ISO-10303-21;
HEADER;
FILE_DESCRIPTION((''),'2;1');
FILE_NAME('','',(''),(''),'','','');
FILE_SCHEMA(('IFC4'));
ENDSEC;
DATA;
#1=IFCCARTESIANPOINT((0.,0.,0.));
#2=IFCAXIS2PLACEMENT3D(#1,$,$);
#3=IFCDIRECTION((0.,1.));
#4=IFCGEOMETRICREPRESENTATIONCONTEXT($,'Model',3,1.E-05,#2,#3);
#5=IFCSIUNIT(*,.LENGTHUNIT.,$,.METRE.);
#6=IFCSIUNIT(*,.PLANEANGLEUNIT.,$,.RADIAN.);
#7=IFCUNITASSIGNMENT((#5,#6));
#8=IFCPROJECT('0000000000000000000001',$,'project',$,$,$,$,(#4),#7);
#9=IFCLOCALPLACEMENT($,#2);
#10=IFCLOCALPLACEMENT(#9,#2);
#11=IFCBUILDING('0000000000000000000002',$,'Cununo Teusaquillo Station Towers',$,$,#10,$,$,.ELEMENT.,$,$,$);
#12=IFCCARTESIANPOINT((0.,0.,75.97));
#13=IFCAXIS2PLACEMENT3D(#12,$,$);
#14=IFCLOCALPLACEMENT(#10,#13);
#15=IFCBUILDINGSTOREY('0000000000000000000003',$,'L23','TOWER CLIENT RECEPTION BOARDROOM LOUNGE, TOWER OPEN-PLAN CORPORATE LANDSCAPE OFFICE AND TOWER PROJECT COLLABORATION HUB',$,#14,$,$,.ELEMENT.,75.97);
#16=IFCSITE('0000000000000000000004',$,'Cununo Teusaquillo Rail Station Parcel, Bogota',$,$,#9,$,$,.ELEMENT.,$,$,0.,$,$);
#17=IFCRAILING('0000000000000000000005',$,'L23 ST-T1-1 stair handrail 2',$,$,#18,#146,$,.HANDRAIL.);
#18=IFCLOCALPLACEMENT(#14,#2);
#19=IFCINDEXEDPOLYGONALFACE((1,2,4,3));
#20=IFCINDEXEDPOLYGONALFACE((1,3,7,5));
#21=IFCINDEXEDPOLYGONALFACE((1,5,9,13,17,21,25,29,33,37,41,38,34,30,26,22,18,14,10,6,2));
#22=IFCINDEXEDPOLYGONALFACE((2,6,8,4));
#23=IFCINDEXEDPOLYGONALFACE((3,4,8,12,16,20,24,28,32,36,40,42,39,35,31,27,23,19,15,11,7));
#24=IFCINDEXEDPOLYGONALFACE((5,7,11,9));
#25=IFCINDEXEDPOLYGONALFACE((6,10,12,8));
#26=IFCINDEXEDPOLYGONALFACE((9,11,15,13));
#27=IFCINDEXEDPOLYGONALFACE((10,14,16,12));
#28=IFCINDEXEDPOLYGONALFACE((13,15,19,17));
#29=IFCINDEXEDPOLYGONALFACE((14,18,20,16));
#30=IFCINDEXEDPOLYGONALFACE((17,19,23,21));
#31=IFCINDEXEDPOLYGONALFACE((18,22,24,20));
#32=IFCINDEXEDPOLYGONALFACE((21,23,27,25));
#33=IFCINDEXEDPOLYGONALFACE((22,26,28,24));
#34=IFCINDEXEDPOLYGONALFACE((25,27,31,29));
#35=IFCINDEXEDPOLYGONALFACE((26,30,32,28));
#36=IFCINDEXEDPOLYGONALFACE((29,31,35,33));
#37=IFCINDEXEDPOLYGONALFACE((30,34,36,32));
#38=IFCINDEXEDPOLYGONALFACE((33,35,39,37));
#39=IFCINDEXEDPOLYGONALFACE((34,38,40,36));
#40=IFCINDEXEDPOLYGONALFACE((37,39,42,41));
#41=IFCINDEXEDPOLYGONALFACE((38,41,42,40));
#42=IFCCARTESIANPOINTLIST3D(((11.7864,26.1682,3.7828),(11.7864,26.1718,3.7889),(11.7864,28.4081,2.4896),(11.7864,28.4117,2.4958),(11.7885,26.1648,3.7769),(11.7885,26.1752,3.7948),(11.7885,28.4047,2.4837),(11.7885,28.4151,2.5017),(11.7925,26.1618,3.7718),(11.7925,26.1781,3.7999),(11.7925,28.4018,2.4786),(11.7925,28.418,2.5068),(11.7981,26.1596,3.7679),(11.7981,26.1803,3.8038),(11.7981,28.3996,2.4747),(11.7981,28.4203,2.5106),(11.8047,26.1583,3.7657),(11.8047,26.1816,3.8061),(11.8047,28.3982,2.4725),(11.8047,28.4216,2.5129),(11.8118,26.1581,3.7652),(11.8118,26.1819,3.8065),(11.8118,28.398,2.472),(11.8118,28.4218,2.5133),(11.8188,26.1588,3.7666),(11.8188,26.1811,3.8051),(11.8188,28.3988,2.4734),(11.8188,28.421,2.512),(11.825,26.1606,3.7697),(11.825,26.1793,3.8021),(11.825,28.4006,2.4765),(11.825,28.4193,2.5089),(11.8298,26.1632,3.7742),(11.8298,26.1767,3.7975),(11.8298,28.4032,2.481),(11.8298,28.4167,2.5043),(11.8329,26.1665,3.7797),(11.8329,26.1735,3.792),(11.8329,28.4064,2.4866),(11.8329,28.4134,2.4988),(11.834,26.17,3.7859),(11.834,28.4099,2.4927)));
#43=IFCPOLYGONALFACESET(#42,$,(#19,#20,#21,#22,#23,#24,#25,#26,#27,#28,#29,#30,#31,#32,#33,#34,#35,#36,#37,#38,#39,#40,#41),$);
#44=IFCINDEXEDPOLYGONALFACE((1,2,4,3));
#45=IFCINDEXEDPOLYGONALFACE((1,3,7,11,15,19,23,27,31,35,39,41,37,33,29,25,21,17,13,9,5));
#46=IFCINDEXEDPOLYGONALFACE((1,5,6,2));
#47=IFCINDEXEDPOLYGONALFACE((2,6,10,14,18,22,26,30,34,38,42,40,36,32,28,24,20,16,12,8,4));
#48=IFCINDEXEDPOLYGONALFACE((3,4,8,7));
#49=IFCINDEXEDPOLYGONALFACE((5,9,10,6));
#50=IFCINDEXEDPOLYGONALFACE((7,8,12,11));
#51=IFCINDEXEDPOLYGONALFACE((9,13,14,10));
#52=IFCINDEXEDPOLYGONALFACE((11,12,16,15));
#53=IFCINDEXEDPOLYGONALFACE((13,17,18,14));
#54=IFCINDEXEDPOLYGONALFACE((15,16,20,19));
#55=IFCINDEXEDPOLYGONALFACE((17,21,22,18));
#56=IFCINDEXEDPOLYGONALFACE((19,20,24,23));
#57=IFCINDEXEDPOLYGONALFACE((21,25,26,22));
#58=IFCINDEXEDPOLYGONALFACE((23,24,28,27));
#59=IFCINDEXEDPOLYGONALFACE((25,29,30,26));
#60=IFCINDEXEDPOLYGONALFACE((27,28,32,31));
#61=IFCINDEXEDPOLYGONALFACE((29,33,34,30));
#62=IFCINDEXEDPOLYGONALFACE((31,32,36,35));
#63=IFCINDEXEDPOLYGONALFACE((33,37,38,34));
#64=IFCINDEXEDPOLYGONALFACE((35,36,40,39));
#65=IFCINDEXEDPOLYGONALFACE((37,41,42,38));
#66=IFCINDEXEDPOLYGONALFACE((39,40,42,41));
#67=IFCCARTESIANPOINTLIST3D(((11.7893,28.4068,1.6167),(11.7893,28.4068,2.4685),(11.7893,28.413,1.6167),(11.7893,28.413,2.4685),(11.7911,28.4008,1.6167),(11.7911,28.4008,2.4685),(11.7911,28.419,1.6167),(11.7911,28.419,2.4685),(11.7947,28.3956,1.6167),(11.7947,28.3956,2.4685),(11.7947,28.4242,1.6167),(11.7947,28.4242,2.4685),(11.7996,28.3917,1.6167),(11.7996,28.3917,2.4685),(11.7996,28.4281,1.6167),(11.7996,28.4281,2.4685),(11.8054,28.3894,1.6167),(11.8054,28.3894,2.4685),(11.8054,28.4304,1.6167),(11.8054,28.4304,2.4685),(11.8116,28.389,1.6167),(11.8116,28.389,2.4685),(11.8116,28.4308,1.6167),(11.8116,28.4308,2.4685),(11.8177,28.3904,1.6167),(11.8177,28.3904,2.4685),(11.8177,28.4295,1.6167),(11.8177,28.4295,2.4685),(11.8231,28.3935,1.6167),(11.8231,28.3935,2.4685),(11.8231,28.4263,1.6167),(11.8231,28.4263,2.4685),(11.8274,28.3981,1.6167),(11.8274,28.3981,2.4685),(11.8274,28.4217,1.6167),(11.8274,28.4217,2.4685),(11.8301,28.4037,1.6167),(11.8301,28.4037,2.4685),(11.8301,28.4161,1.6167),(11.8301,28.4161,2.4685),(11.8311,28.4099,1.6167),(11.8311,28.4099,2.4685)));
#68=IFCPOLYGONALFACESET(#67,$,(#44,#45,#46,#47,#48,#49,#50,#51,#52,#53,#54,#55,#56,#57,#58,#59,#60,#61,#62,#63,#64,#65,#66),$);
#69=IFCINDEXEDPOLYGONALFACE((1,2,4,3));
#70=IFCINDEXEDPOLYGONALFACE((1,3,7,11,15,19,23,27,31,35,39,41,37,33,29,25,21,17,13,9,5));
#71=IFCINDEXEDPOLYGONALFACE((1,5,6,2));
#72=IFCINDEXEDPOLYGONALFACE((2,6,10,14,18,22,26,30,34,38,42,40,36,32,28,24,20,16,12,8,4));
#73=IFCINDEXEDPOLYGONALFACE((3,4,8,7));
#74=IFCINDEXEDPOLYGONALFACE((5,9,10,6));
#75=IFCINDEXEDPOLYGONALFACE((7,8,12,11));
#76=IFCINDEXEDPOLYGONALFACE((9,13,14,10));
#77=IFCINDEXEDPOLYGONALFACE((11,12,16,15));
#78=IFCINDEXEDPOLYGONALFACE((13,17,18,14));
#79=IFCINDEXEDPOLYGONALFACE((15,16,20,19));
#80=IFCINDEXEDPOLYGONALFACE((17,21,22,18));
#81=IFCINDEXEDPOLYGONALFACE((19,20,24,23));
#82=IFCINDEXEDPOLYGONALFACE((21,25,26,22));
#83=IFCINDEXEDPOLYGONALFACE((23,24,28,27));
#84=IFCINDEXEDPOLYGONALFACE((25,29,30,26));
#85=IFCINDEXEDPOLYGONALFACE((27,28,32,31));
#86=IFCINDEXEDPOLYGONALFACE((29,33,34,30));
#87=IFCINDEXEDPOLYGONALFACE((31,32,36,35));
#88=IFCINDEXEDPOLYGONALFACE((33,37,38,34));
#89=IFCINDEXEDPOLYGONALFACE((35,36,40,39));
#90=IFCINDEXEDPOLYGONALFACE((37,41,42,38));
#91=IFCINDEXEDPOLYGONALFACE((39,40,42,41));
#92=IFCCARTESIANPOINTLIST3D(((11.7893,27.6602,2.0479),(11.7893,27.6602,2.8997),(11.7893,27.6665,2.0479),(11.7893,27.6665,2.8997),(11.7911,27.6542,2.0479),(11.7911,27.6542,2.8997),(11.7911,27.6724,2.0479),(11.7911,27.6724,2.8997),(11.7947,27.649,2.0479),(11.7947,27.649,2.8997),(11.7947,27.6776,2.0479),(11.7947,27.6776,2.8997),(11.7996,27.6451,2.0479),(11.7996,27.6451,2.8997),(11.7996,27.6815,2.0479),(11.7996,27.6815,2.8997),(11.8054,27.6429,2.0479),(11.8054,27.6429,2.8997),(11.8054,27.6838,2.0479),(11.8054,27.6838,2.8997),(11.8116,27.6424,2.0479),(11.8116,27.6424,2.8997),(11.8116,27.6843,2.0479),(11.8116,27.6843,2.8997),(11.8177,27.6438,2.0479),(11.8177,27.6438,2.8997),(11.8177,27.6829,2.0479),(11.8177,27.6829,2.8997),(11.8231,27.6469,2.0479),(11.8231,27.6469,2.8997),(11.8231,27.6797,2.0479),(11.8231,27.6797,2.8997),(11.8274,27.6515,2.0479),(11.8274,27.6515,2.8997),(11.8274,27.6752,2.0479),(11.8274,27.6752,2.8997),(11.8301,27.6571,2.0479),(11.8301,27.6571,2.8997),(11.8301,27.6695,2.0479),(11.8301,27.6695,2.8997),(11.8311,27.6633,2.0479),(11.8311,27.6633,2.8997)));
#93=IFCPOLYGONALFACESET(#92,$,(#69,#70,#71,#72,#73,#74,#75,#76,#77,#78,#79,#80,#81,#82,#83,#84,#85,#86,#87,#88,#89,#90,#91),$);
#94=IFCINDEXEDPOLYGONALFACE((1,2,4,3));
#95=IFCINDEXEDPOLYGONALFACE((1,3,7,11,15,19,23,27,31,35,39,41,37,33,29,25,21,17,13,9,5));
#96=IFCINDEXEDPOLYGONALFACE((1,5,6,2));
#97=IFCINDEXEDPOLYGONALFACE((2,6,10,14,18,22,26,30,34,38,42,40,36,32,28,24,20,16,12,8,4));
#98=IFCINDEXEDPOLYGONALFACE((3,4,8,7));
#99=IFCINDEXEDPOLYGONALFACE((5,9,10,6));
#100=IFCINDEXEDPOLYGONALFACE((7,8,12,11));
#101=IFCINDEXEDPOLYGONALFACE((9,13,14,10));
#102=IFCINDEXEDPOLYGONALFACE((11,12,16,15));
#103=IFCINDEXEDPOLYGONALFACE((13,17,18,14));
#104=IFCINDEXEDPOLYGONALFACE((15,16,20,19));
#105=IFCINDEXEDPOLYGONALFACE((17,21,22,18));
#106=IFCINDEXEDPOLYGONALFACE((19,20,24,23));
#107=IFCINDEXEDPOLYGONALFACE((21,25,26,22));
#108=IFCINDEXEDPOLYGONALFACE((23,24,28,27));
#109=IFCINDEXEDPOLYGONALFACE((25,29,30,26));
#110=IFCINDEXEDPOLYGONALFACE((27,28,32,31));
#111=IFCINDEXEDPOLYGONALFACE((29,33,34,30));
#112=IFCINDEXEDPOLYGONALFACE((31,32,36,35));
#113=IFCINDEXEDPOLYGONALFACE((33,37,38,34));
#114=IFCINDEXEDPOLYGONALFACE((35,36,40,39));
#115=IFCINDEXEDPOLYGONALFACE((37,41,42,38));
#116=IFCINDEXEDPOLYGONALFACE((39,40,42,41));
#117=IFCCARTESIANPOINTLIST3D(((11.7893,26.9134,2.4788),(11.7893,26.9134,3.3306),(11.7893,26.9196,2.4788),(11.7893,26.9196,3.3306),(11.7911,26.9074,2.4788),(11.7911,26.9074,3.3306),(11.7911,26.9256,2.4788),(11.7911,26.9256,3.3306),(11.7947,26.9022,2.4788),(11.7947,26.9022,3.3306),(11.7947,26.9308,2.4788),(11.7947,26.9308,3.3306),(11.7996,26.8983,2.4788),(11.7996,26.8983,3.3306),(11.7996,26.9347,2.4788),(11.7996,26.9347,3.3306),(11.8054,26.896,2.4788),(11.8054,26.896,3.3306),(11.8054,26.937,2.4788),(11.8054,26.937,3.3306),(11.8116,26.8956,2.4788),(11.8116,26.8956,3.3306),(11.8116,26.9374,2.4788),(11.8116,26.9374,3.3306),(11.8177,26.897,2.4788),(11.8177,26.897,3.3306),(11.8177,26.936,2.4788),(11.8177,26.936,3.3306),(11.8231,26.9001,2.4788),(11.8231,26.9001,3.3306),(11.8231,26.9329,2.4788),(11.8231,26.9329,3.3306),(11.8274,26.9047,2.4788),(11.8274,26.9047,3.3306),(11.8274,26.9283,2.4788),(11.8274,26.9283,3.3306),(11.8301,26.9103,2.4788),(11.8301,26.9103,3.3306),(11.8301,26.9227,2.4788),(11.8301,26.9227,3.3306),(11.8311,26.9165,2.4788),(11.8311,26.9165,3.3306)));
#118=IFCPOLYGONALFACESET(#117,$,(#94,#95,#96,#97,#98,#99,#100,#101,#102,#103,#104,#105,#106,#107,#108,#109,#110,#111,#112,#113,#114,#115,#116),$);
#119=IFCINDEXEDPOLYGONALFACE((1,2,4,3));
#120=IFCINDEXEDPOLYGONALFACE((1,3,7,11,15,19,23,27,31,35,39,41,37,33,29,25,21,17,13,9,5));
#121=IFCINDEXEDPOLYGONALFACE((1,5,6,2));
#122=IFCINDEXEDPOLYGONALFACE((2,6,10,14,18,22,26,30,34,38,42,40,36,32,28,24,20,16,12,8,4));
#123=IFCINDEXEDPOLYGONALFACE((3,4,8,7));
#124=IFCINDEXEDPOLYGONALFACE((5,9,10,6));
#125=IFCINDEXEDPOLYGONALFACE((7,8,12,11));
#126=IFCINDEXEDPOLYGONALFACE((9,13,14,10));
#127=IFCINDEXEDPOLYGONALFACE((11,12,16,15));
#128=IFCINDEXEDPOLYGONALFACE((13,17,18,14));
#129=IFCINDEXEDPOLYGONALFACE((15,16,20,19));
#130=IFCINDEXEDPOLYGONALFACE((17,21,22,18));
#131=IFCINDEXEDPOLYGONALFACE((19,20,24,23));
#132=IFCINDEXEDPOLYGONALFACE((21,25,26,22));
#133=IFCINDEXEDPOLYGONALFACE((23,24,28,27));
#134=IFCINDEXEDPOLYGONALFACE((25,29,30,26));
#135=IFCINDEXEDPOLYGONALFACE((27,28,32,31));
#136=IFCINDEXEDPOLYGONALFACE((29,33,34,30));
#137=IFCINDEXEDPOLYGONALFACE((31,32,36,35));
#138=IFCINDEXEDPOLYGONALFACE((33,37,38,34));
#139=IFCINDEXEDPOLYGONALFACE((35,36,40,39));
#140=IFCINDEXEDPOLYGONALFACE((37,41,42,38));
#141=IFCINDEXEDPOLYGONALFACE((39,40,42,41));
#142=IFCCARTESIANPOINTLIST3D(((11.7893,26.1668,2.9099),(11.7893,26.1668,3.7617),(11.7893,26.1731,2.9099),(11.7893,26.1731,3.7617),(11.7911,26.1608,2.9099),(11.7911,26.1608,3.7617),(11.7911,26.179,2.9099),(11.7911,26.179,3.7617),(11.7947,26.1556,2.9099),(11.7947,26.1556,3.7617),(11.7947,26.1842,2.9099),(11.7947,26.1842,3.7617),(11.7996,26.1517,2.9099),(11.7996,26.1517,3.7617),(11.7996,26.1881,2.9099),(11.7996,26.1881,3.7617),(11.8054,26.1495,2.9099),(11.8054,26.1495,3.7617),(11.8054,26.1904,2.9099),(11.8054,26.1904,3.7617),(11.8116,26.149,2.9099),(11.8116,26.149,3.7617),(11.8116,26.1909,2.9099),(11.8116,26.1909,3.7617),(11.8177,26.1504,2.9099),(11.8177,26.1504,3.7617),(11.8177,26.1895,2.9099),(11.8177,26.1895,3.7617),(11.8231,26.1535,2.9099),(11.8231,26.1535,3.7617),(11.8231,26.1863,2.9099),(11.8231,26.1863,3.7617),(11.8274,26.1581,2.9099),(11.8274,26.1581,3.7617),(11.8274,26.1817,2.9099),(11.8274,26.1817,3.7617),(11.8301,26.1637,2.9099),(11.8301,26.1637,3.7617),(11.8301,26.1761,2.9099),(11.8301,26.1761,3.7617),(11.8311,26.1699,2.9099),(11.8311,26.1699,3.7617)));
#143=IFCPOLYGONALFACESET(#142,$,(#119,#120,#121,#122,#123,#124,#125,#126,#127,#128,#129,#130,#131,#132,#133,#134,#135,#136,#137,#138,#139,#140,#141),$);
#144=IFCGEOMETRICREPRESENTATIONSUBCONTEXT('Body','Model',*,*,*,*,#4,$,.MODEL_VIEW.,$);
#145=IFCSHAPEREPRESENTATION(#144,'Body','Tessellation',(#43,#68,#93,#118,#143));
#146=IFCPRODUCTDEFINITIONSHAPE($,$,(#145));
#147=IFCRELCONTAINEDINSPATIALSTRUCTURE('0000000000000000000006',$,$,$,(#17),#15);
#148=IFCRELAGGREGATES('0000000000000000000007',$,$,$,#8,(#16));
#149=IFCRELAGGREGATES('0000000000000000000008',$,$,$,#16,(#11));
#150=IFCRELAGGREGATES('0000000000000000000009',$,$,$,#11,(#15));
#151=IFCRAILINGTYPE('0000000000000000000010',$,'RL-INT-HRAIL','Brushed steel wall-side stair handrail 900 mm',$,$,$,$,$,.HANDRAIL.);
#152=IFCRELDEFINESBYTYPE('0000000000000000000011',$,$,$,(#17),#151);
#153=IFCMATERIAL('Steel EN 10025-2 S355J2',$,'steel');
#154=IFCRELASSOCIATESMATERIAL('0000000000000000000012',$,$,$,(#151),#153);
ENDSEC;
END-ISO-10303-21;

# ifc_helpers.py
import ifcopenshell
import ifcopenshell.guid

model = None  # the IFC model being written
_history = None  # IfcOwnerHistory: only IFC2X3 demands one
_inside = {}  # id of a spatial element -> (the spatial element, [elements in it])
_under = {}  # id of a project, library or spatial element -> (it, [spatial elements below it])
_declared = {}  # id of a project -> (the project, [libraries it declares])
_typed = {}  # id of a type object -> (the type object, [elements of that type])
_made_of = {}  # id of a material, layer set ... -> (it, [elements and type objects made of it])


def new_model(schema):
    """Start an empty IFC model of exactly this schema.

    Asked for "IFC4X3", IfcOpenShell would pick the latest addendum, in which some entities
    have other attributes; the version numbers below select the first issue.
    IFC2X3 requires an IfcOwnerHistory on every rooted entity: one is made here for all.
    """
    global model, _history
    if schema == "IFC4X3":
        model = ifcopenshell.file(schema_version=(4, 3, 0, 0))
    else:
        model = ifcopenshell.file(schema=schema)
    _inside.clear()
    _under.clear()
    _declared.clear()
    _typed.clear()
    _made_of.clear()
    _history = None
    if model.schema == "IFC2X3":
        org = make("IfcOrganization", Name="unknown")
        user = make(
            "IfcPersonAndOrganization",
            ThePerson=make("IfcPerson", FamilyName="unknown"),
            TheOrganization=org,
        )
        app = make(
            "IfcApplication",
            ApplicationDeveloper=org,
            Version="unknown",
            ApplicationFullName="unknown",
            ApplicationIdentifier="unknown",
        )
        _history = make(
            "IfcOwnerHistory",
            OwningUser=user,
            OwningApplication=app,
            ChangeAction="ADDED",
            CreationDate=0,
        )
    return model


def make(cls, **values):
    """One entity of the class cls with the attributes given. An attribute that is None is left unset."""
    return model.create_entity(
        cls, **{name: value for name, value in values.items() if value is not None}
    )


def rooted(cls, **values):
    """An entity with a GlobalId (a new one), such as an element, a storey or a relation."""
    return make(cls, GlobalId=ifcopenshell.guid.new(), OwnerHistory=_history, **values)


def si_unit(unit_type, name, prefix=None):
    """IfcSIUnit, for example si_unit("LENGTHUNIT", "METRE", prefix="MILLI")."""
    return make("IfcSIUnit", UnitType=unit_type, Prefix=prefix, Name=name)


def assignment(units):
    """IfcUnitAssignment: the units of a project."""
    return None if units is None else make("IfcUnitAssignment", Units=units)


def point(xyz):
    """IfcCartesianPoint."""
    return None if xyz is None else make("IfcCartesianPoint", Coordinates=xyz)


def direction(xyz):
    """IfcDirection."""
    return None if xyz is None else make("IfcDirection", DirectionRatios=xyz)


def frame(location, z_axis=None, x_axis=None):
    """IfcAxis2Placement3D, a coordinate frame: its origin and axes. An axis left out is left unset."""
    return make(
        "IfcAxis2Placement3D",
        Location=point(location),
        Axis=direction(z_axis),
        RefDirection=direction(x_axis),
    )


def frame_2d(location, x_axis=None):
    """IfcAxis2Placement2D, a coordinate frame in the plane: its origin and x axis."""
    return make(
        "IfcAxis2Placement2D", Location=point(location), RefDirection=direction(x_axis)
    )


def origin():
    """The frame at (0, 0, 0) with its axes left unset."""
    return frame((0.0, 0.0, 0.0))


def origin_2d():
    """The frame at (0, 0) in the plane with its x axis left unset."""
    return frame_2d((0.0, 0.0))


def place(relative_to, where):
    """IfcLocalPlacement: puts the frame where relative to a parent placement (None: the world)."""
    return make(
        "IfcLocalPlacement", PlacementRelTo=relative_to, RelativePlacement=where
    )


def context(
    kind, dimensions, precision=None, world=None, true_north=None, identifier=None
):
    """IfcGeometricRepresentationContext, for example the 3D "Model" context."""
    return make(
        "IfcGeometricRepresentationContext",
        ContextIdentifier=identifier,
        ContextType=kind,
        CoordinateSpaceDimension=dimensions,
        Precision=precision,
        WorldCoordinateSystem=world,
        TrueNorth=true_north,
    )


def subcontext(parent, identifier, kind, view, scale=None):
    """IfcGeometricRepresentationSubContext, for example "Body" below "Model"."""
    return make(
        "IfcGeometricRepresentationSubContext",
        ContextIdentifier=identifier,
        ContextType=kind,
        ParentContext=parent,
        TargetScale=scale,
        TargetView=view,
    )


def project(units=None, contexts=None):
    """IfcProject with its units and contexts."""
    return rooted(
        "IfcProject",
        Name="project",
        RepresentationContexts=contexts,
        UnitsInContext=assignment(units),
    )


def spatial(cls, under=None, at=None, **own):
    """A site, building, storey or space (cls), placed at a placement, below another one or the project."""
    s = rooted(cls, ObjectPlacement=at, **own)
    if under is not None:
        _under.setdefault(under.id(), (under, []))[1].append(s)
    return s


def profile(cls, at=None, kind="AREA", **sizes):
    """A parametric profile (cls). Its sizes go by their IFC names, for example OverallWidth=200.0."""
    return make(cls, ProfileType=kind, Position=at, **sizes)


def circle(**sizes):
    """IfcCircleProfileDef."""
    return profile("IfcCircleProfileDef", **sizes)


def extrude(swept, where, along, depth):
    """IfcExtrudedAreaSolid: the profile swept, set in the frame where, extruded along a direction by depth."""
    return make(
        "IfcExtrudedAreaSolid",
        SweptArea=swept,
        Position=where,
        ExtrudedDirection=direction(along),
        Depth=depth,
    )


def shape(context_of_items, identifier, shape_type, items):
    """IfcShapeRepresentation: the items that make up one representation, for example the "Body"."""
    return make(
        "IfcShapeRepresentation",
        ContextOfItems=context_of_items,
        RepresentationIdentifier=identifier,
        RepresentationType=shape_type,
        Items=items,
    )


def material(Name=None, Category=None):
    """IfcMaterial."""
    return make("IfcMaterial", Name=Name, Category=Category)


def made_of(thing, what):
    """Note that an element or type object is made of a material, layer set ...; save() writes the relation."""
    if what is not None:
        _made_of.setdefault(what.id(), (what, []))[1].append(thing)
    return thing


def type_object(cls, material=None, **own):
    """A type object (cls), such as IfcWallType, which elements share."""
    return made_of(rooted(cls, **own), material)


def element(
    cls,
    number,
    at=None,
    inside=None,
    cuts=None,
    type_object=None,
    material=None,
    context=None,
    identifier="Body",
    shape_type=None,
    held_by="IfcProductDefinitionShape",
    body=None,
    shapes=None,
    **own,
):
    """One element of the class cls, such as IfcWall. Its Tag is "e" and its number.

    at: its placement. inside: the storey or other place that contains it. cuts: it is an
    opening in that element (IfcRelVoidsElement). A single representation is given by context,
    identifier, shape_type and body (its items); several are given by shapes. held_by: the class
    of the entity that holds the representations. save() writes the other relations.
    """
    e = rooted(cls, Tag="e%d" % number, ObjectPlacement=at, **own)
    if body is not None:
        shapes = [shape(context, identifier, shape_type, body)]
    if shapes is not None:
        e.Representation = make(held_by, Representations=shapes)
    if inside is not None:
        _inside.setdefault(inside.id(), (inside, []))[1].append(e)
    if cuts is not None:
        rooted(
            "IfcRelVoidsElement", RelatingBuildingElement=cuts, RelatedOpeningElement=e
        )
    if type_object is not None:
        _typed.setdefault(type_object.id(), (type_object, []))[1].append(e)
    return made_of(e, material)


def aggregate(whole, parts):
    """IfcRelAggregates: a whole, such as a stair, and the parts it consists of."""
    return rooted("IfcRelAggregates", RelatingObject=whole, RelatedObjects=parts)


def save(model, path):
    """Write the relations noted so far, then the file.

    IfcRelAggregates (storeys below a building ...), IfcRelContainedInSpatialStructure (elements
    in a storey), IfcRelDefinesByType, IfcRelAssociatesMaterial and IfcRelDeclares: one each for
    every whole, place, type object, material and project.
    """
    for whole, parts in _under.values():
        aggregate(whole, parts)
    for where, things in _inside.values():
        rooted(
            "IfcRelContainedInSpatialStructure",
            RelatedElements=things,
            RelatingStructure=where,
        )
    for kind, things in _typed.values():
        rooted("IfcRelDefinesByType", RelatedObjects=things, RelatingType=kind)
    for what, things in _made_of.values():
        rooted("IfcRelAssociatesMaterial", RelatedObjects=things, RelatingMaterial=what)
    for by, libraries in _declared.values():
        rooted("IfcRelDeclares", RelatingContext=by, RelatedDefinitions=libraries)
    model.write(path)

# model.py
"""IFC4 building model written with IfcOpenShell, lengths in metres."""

from ifc_helpers import new_model, si_unit, direction, frame, origin, origin_2d, place, context, subcontext, project, spatial, circle, extrude, material, type_object, element, save


model = new_model("IFC4")

# Units and contexts
model_context = context("Model", 3, precision=1e-05, world=origin(), true_north=direction((0.0, 1.0)))
body_context = subcontext(model_context, "Body", "Model", "MODEL_VIEW")
ifc_project = project(units=[si_unit("LENGTHUNIT", "METRE"), si_unit("PLANEANGLEUNIT", "RADIAN")], contexts=[model_context])

# Site, building, storey
site_placement = place(None, origin())
site = spatial("IfcSite", under=ifc_project, at=site_placement, Name="Cununo Teusaquillo Rail Station Parcel, Bogota", CompositionType="ELEMENT", RefElevation=0.0)
building_placement = place(site_placement, origin())
building = spatial("IfcBuilding", under=site, at=building_placement, Name="Cununo Teusaquillo Station Towers", CompositionType="ELEMENT")
storey_placement = place(building_placement, frame((0.0, 0.0, 75.97)))
storey = spatial("IfcBuildingStorey", under=building, at=storey_placement, Name="L23", Description="TOWER CLIENT RECEPTION BOARDROOM LOUNGE, TOWER OPEN-PLAN CORPORATE LANDSCAPE OFFICE AND TOWER PROJECT COLLABORATION HUB", CompositionType="ELEMENT", Elevation=75.97)

# Railing
ifc_material_1 = material(Name="Steel EN 10025-2 S355J2", Category="steel")
railing_type_1 = type_object("IfcRailingType", Name="RL-INT-HRAIL", Description="Brushed steel wall-side stair handrail 900 mm", PredefinedType="HANDRAIL", material=ifc_material_1)
railing_1_placement = place(storey_placement, frame((11.8101, 28.4099, 1.6167)))
element("IfcRailing", 1, at=railing_1_placement, inside=storey, type_object=railing_type_1, Name="L23 ST-T1-1 stair handrail 2", PredefinedType="HANDRAIL", context=body_context, shape_type="SweptSolid", body=[
    extrude(circle(Radius=0.0239, at=origin_2d()), frame((0.0, 0.0, 0.876), z_axis=(0.0, -0.866033, 0.499987), x_axis=(1.0, 0.0, 0.0)), (0.0, 0.0, 1.0), 2.5864),
    extrude(circle(Radius=0.021, at=origin_2d()), origin(), (0.0, 0.0, 1.0), 0.8518),
    extrude(circle(Radius=0.021, at=origin_2d()), frame((0.0, -0.7466, 0.4312)), (0.0, 0.0, 1.0), 0.8518),
    extrude(circle(Radius=0.021, at=origin_2d()), frame((0.0, -1.4934, 0.8621)), (0.0, 0.0, 1.0), 0.8518),
    extrude(circle(Radius=0.021, at=origin_2d()), frame((0.0, -2.24, 1.2932)), (0.0, 0.0, 1.0), 0.8518),
])

save(model, "model.ifc")
